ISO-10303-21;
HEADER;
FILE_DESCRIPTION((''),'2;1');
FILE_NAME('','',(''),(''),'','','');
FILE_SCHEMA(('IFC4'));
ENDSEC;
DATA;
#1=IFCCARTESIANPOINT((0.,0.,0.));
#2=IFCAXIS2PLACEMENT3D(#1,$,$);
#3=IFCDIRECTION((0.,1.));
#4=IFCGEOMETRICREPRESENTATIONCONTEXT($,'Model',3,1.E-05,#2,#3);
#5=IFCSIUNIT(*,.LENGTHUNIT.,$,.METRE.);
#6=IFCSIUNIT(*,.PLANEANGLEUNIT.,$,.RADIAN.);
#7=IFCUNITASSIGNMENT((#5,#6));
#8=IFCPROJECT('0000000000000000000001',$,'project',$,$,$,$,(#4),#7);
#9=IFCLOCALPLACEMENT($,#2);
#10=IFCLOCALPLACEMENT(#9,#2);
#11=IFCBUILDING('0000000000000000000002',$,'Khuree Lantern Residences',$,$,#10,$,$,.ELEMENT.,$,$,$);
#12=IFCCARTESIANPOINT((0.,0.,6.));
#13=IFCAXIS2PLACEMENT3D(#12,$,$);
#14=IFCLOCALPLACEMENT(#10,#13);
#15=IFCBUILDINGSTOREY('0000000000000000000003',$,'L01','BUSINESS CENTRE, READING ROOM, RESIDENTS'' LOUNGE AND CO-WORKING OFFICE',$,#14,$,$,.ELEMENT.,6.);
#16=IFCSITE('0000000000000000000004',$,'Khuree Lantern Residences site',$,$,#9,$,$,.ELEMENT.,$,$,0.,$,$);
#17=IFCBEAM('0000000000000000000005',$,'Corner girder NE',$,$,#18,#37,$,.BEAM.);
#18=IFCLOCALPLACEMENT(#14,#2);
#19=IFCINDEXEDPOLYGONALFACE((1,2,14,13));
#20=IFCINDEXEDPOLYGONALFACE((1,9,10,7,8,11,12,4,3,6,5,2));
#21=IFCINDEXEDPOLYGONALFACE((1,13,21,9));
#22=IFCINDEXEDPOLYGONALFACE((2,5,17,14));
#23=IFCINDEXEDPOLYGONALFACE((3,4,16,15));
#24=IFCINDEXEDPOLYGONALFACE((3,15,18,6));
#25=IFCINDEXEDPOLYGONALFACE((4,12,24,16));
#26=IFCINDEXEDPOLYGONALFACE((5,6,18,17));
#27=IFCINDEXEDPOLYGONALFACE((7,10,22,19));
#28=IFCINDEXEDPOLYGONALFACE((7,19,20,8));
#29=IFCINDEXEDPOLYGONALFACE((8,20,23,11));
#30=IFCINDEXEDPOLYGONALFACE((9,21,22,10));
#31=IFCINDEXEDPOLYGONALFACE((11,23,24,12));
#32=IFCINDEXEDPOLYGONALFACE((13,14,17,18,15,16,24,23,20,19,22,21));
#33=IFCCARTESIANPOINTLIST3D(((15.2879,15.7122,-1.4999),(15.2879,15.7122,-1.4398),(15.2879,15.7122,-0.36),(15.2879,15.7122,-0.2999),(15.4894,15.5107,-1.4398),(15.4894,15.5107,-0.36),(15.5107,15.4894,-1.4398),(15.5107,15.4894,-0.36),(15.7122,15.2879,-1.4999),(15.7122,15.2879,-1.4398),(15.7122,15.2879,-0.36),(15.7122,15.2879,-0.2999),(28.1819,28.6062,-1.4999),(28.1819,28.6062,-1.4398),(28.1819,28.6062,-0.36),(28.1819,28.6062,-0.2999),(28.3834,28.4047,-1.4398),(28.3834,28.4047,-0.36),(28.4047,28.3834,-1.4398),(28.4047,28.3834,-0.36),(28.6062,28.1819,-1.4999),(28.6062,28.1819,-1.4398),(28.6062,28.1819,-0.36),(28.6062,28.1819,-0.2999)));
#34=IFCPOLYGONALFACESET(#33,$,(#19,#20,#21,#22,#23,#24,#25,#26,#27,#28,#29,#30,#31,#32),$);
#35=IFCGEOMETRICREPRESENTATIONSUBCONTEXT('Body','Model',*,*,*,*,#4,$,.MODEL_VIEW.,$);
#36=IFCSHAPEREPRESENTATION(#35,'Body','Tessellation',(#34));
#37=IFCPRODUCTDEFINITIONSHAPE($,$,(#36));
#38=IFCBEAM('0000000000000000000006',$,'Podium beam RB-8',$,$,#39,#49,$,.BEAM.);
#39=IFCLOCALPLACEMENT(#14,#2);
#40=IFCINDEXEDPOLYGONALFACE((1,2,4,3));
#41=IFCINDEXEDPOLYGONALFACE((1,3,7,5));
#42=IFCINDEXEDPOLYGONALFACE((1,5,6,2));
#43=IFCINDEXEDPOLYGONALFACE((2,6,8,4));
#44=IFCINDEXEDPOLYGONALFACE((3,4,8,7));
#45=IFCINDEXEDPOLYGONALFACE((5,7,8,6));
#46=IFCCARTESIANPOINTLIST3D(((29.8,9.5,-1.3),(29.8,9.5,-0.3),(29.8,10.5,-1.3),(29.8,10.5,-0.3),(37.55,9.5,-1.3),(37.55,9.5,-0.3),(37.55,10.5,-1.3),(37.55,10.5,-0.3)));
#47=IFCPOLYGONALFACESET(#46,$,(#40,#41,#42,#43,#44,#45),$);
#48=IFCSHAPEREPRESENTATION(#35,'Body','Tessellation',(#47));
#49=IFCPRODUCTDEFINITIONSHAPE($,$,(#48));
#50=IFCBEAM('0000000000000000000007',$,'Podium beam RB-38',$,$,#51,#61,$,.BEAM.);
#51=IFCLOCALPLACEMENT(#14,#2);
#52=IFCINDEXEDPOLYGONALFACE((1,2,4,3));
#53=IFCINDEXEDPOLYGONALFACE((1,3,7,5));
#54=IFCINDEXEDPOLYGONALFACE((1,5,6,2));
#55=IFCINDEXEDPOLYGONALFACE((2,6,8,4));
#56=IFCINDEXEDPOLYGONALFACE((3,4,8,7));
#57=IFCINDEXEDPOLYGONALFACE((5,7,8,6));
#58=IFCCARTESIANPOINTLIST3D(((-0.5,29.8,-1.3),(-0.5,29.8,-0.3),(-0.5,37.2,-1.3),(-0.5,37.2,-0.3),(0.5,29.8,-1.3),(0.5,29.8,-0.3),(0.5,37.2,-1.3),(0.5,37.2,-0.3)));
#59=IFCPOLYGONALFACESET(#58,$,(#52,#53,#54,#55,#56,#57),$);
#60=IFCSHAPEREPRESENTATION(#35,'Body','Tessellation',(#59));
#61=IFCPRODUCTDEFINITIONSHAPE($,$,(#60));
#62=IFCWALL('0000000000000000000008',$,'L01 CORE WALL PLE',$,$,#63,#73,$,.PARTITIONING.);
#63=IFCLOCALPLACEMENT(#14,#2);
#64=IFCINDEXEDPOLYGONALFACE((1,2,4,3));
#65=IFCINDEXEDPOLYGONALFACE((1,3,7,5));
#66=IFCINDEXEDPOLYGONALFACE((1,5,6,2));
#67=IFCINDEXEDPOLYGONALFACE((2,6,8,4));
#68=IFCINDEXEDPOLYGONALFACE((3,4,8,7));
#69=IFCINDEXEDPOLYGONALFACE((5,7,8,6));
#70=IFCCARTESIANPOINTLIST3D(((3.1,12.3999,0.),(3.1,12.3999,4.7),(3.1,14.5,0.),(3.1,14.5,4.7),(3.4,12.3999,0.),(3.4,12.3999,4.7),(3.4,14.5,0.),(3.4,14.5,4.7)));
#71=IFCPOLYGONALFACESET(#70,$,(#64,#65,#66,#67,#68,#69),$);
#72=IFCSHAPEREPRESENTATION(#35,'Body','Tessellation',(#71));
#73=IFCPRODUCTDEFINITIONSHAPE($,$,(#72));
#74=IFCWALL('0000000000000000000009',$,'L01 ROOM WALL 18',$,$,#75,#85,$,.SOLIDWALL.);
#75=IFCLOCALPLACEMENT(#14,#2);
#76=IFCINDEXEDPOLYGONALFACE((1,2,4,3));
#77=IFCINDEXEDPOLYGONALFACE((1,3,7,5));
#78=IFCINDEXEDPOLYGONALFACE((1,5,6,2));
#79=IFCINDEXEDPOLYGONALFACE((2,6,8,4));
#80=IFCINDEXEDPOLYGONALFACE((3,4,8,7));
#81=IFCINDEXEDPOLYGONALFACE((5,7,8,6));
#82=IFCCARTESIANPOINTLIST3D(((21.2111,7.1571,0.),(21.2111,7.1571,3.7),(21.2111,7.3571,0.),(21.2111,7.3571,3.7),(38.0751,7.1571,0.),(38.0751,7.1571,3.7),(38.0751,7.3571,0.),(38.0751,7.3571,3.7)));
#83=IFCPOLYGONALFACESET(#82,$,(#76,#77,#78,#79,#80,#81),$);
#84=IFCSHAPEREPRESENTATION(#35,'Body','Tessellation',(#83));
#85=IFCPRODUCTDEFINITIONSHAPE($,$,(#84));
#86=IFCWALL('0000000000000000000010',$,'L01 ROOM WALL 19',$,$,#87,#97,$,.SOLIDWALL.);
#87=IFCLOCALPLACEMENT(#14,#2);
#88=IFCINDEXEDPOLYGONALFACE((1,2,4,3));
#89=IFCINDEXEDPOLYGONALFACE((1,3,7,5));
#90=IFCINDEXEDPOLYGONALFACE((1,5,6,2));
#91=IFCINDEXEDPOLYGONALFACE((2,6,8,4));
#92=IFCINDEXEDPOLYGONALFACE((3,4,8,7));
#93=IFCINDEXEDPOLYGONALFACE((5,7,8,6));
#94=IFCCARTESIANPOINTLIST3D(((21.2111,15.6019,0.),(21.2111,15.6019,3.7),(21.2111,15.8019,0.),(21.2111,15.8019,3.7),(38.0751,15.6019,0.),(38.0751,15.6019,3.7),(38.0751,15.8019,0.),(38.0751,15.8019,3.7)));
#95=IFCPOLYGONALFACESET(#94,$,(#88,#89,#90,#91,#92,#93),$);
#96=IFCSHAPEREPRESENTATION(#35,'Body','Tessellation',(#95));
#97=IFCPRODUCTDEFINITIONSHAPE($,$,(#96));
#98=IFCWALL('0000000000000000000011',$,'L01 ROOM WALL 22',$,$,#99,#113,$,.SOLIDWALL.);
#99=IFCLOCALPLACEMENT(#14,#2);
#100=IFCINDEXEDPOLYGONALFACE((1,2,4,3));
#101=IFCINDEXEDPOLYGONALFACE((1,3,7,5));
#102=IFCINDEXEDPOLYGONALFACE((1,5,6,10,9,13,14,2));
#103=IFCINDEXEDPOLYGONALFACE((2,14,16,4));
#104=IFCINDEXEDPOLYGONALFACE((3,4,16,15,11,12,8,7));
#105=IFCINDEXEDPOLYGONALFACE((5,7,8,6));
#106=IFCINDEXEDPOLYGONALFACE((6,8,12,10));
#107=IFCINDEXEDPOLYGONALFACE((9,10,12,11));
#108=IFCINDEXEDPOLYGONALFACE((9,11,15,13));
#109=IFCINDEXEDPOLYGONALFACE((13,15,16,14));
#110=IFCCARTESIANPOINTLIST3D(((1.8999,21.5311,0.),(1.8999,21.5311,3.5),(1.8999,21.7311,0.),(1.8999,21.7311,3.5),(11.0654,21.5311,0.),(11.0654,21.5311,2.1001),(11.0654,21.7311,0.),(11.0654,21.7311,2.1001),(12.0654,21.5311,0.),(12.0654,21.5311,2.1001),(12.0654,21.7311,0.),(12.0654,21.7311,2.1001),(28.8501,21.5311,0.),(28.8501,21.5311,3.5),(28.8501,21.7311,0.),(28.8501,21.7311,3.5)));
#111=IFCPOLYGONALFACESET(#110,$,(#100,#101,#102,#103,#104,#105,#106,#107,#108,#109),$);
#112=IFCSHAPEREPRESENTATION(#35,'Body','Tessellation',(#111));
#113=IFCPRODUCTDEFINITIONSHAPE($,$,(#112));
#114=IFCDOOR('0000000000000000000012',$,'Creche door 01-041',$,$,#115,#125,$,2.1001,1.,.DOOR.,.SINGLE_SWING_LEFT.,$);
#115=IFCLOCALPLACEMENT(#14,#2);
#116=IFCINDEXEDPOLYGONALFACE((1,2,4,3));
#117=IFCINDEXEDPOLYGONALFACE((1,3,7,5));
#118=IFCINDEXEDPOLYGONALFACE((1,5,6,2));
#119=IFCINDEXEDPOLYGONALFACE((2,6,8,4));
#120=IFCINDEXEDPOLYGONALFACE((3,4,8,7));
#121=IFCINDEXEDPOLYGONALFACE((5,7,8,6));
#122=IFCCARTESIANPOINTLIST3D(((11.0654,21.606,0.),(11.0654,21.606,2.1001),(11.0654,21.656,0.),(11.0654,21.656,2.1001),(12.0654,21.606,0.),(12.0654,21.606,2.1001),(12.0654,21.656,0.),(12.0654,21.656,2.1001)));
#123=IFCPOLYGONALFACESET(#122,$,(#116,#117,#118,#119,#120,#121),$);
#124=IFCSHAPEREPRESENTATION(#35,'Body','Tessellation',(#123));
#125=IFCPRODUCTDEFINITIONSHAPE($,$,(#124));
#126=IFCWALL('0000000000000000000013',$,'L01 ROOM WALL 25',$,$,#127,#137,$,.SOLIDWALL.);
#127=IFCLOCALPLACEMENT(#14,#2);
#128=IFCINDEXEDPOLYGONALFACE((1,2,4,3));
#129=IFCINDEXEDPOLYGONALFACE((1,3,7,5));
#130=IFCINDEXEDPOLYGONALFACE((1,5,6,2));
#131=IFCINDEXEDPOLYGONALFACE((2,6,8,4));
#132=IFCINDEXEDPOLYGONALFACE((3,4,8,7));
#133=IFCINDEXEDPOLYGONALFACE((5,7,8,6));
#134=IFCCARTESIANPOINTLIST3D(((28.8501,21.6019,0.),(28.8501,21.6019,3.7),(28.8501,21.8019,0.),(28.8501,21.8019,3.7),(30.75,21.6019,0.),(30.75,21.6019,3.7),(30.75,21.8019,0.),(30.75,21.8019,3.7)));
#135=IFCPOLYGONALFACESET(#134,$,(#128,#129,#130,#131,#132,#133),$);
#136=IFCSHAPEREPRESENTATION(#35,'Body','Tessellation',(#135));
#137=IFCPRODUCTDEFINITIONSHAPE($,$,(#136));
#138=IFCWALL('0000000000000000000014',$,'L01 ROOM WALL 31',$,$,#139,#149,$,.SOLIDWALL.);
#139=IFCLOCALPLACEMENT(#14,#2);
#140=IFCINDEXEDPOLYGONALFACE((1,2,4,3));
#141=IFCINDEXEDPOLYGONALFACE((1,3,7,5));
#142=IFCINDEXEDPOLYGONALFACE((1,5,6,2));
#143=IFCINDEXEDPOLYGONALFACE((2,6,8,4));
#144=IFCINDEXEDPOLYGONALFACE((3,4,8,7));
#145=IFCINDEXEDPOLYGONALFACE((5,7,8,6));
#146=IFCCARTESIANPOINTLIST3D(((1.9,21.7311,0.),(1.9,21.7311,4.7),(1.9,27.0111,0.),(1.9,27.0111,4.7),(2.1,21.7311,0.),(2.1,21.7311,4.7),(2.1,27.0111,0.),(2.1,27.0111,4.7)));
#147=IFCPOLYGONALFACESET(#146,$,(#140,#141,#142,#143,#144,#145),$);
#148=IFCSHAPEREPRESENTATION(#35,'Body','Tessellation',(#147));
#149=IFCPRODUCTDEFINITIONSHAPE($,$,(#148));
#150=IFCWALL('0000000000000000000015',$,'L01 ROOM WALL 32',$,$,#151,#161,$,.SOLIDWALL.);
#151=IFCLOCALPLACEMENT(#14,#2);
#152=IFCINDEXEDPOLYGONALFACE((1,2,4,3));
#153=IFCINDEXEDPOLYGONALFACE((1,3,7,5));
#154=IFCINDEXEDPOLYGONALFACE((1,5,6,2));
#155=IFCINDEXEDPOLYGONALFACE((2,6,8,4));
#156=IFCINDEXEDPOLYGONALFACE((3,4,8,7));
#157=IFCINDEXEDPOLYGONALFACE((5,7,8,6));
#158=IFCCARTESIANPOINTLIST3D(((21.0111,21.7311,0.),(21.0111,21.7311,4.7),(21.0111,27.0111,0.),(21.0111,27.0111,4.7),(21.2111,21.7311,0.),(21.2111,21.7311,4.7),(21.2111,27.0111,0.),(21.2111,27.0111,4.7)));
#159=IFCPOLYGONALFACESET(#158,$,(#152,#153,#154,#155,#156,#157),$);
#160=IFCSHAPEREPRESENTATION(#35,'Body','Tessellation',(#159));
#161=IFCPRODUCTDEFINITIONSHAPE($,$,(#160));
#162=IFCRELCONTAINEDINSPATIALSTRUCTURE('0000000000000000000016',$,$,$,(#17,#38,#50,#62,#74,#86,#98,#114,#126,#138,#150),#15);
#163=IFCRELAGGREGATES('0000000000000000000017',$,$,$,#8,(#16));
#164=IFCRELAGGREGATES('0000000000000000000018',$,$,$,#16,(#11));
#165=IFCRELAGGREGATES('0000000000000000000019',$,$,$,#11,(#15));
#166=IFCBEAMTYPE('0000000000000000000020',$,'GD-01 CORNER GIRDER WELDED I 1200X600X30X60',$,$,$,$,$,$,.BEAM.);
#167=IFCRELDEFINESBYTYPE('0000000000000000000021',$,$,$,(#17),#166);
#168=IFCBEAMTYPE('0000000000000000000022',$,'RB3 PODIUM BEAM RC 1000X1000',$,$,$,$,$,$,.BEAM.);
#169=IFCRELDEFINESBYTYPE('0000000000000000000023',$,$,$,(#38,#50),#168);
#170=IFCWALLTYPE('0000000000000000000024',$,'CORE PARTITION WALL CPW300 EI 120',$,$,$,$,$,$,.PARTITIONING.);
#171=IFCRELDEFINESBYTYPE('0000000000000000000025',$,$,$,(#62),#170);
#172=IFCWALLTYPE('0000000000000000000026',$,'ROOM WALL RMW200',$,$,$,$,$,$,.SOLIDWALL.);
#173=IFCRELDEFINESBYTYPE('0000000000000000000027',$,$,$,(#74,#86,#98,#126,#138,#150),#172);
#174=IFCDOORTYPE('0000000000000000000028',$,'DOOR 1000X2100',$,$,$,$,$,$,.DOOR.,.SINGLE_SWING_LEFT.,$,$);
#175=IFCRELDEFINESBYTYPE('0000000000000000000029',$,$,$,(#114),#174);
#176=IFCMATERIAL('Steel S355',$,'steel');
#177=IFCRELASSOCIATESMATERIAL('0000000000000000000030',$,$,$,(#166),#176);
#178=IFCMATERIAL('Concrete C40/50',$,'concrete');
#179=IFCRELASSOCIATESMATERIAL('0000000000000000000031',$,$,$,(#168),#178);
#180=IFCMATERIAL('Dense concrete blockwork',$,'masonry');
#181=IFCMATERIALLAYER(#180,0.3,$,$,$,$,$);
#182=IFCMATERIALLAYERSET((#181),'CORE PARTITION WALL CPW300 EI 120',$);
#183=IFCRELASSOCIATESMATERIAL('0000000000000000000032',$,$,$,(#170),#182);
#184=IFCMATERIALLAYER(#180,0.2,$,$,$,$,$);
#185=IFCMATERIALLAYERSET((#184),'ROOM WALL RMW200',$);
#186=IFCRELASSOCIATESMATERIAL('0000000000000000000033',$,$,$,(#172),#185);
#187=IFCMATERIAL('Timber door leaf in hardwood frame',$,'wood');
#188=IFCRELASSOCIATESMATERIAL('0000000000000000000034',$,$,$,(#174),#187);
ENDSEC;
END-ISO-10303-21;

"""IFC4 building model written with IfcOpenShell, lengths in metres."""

from ifc_helpers import new_model, si_unit, direction, frame, frame_2d, origin, origin_2d, place, context, subcontext, project, spatial, rectangle, i_section, extrude, material, layer, layer_set, material_profile, profile_set, type_object, element, fill, save


model = new_model("IFC4")

# Units and contexts
model_context = context("Model", 3, precision=1e-05, world=origin(), true_north=direction((0.0, 1.0)))
body_context = subcontext(model_context, "Body", "Model", "MODEL_VIEW")
ifc_project = project(units=[si_unit("LENGTHUNIT", "METRE"), si_unit("PLANEANGLEUNIT", "RADIAN")], contexts=[model_context])

# Site, building, storey
site_placement = place(None, origin())
site = spatial("IfcSite", under=ifc_project, at=site_placement, Name="Khuree Lantern Residences site", CompositionType="ELEMENT", RefElevation=0.0)
building_placement = place(site_placement, origin())
building = spatial("IfcBuilding", under=site, at=building_placement, Name="Khuree Lantern Residences", CompositionType="ELEMENT")
storey_placement = place(building_placement, frame((0.0, 0.0, 6.0)))
storey = spatial("IfcBuildingStorey", under=building, at=storey_placement, Name="L01", Description="BUSINESS CENTRE, READING ROOM, RESIDENTS' LOUNGE AND CO-WORKING OFFICE", CompositionType="ELEMENT", Elevation=6.0)

# Beams
ifc_material_1 = material(Name="Steel S355", Category="steel")
ifc_material_profile_1 = material_profile(ifc_material_1, i_section(OverallWidth=0.6001, OverallDepth=1.2, WebThickness=0.03, FlangeThickness=0.0601, at=origin_2d()), Name="WELDED I 1200X600X30X60")
ifc_profile_set_1 = profile_set([ifc_material_profile_1], Name="Steel S355")
beam_type_1 = type_object("IfcBeamType", Name="GD-01 CORNER GIRDER WELDED I 1200X600X30X60", PredefinedType="BEAM", material=ifc_profile_set_1)
beam_1_placement = place(storey_placement, frame((28.394, 28.394, -0.8999), z_axis=(-0.707107, -0.707107, 0.0), x_axis=(0.707107, -0.707107, 0.0)))
element("IfcBeam", 1, at=beam_1_placement, inside=storey, type_object=beam_type_1, Name="Corner girder NE", PredefinedType="BEAM", context=body_context, shape_type="SweptSolid", body=[
    extrude(i_section(OverallWidth=0.6001, OverallDepth=1.2, WebThickness=0.03, FlangeThickness=0.0601, at=origin_2d()), origin(), (0.0, 0.0, 1.0), 18.2349),
])
ifc_material_2 = material(Name="Concrete C40/50", Category="concrete")
ifc_material_profile_2 = material_profile(ifc_material_2, rectangle(XDim=1.0, YDim=1.0, at=origin_2d()), Name="RC 1000X1000")
ifc_profile_set_2 = profile_set([ifc_material_profile_2], Name="Concrete C40/50")
beam_type_2 = type_object("IfcBeamType", Name="RB3 PODIUM BEAM RC 1000X1000", PredefinedType="BEAM", material=ifc_profile_set_2)
beam_2_placement = place(storey_placement, frame((29.8, 10.0, -0.8), z_axis=(1.0, 0.0, 0.0), x_axis=(0.0, 1.0, 0.0)))
element("IfcBeam", 2, at=beam_2_placement, inside=storey, type_object=beam_type_2, Name="Podium beam RB-8", PredefinedType="BEAM", context=body_context, shape_type="SweptSolid", body=[
    extrude(rectangle(XDim=1.0, YDim=1.0, at=origin_2d()), origin(), (0.0, 0.0, 1.0), 7.75),
])
beam_3_placement = place(storey_placement, frame((0.0, 29.8, -0.8), z_axis=(0.0, 1.0, 0.0), x_axis=(-1.0, 0.0, 0.0)))
element("IfcBeam", 3, at=beam_3_placement, inside=storey, type_object=beam_type_2, Name="Podium beam RB-38", PredefinedType="BEAM", context=body_context, shape_type="SweptSolid", body=[
    extrude(rectangle(XDim=1.0, YDim=1.0, at=origin_2d()), origin(), (0.0, 0.0, 1.0), 7.3999),
])

# Walls
ifc_material_3 = material(Name="Dense concrete blockwork", Category="masonry")
ifc_layer_1 = layer(ifc_material_3, 0.3)
ifc_layer_set_1 = layer_set([ifc_layer_1], Name="CORE PARTITION WALL CPW300 EI 120")
wall_type_1 = type_object("IfcWallType", Name="CORE PARTITION WALL CPW300 EI 120", PredefinedType="PARTITIONING", material=ifc_layer_set_1)
wall_1_placement = place(storey_placement, frame((3.25, 12.3999, 0.0), z_axis=(0.0, 0.0, 1.0), x_axis=(0.0, 1.0, 0.0)))
element("IfcWall", 4, at=wall_1_placement, inside=storey, type_object=wall_type_1, Name="L01 CORE WALL PLE", PredefinedType="PARTITIONING", context=body_context, shape_type="SweptSolid", body=[
    extrude(rectangle(XDim=2.1001, YDim=0.3, at=frame_2d((1.05, 0.0))), origin(), (0.0, 0.0, 1.0), 4.7),
])
ifc_layer_2 = layer(ifc_material_3, 0.2)
ifc_layer_set_2 = layer_set([ifc_layer_2], Name="ROOM WALL RMW200")
wall_type_2 = type_object("IfcWallType", Name="ROOM WALL RMW200", PredefinedType="SOLIDWALL", material=ifc_layer_set_2)
for number, where, z_axis, x_axis, name in (
    (5, (21.2109, 7.2571, 0.0), (0.0, 0.0, 1.0), (1.0, 0.0, 0.0), "L01 ROOM WALL 18"),
    (6, (21.2109, 15.7019, 0.0), (0.0, 0.0, 1.0), (1.0, 0.0, 0.0), "L01 ROOM WALL 19"),
):
    element("IfcWall", number, at=place(storey_placement, frame(where, z_axis=z_axis, x_axis=x_axis)), inside=storey, type_object=wall_type_2, Name=name, PredefinedType="SOLIDWALL", context=body_context, shape_type="SweptSolid", body=[
        extrude(rectangle(XDim=16.864, YDim=0.2, at=frame_2d((8.4321, 0.0))), origin(), (0.0, 0.0, 1.0), 3.7),
    ])

# Wall, opening, door
wall_2_placement = place(storey_placement, frame((1.8999, 21.6311, 0.0), z_axis=(0.0, 0.0, 1.0), x_axis=(1.0, 0.0, 0.0)))
wall_2 = element("IfcWall", 7, at=wall_2_placement, inside=storey, type_object=wall_type_2, Name="L01 ROOM WALL 22", PredefinedType="SOLIDWALL", context=body_context, shape_type="SweptSolid", body=[
    extrude(rectangle(XDim=26.9502, YDim=0.2, at=frame_2d((13.4751, 0.0))), origin(), (0.0, 0.0, 1.0), 3.5),
])
opening_1_placement = place(wall_2_placement, frame((9.1655, 0.0, 0.0)))
opening_1 = element("IfcOpeningElement", 8, at=opening_1_placement, cuts=wall_2, PredefinedType="OPENING", context=body_context, shape_type="SweptSolid", body=[
    extrude(rectangle(XDim=1.0, YDim=2.1001, at=frame_2d((0.5, 1.05))), frame((0.0, 0.1099, 0.0), z_axis=(0.0, -1.0, 0.0), x_axis=(1.0, 0.0, 0.0)), (0.0, 0.0, 1.0), 0.22),
])
ifc_material_4 = material(Name="Timber door leaf in hardwood frame", Category="wood")
door_type = type_object("IfcDoorType", Name="DOOR 1000X2100", OperationType="SINGLE_SWING_LEFT", PredefinedType="DOOR", material=ifc_material_4)
door_1_placement = place(opening_1_placement, origin())
door_1 = element("IfcDoor", 9, at=door_1_placement, inside=storey, type_object=door_type, Name="Creche door 01-041", OperationType="SINGLE_SWING_LEFT", OverallHeight=2.1001, OverallWidth=1.0, PredefinedType="DOOR", context=body_context, shape_type="SweptSolid", body=[
    extrude(rectangle(XDim=1.0, YDim=2.1001, at=frame_2d((0.5, 1.05))), frame((0.0, 0.0249, 0.0), z_axis=(0.0, -1.0, 0.0), x_axis=(1.0, 0.0, 0.0)), (0.0, 0.0, 1.0), 0.05),
])
fill(opening_1, door_1)

# Walls
wall_3_placement = place(storey_placement, frame((28.8501, 21.7019, 0.0), z_axis=(0.0, 0.0, 1.0), x_axis=(1.0, 0.0, 0.0)))
element("IfcWall", 10, at=wall_3_placement, inside=storey, type_object=wall_type_2, Name="L01 ROOM WALL 25", PredefinedType="SOLIDWALL", context=body_context, shape_type="SweptSolid", body=[
    extrude(rectangle(XDim=1.8999, YDim=0.2, at=frame_2d((0.95, 0.0))), origin(), (0.0, 0.0, 1.0), 3.7),
])
for number, where, z_axis, x_axis, name in (
    (11, (2.0, 21.731, 0.0), (0.0, 0.0, 1.0), (0.0, 1.0, 0.0), "L01 ROOM WALL 31"),
    (12, (21.1111, 21.731, 0.0), (0.0, 0.0, 1.0), (0.0, 1.0, 0.0), "L01 ROOM WALL 32"),
):
    element("IfcWall", number, at=place(storey_placement, frame(where, z_axis=z_axis, x_axis=x_axis)), inside=storey, type_object=wall_type_2, Name=name, PredefinedType="SOLIDWALL", context=body_context, shape_type="SweptSolid", body=[
        extrude(rectangle(XDim=5.28, YDim=0.2, at=frame_2d((2.6401, 0.0))), origin(), (0.0, 0.0, 1.0), 4.7),
    ])

save(model, "model.ifc")
